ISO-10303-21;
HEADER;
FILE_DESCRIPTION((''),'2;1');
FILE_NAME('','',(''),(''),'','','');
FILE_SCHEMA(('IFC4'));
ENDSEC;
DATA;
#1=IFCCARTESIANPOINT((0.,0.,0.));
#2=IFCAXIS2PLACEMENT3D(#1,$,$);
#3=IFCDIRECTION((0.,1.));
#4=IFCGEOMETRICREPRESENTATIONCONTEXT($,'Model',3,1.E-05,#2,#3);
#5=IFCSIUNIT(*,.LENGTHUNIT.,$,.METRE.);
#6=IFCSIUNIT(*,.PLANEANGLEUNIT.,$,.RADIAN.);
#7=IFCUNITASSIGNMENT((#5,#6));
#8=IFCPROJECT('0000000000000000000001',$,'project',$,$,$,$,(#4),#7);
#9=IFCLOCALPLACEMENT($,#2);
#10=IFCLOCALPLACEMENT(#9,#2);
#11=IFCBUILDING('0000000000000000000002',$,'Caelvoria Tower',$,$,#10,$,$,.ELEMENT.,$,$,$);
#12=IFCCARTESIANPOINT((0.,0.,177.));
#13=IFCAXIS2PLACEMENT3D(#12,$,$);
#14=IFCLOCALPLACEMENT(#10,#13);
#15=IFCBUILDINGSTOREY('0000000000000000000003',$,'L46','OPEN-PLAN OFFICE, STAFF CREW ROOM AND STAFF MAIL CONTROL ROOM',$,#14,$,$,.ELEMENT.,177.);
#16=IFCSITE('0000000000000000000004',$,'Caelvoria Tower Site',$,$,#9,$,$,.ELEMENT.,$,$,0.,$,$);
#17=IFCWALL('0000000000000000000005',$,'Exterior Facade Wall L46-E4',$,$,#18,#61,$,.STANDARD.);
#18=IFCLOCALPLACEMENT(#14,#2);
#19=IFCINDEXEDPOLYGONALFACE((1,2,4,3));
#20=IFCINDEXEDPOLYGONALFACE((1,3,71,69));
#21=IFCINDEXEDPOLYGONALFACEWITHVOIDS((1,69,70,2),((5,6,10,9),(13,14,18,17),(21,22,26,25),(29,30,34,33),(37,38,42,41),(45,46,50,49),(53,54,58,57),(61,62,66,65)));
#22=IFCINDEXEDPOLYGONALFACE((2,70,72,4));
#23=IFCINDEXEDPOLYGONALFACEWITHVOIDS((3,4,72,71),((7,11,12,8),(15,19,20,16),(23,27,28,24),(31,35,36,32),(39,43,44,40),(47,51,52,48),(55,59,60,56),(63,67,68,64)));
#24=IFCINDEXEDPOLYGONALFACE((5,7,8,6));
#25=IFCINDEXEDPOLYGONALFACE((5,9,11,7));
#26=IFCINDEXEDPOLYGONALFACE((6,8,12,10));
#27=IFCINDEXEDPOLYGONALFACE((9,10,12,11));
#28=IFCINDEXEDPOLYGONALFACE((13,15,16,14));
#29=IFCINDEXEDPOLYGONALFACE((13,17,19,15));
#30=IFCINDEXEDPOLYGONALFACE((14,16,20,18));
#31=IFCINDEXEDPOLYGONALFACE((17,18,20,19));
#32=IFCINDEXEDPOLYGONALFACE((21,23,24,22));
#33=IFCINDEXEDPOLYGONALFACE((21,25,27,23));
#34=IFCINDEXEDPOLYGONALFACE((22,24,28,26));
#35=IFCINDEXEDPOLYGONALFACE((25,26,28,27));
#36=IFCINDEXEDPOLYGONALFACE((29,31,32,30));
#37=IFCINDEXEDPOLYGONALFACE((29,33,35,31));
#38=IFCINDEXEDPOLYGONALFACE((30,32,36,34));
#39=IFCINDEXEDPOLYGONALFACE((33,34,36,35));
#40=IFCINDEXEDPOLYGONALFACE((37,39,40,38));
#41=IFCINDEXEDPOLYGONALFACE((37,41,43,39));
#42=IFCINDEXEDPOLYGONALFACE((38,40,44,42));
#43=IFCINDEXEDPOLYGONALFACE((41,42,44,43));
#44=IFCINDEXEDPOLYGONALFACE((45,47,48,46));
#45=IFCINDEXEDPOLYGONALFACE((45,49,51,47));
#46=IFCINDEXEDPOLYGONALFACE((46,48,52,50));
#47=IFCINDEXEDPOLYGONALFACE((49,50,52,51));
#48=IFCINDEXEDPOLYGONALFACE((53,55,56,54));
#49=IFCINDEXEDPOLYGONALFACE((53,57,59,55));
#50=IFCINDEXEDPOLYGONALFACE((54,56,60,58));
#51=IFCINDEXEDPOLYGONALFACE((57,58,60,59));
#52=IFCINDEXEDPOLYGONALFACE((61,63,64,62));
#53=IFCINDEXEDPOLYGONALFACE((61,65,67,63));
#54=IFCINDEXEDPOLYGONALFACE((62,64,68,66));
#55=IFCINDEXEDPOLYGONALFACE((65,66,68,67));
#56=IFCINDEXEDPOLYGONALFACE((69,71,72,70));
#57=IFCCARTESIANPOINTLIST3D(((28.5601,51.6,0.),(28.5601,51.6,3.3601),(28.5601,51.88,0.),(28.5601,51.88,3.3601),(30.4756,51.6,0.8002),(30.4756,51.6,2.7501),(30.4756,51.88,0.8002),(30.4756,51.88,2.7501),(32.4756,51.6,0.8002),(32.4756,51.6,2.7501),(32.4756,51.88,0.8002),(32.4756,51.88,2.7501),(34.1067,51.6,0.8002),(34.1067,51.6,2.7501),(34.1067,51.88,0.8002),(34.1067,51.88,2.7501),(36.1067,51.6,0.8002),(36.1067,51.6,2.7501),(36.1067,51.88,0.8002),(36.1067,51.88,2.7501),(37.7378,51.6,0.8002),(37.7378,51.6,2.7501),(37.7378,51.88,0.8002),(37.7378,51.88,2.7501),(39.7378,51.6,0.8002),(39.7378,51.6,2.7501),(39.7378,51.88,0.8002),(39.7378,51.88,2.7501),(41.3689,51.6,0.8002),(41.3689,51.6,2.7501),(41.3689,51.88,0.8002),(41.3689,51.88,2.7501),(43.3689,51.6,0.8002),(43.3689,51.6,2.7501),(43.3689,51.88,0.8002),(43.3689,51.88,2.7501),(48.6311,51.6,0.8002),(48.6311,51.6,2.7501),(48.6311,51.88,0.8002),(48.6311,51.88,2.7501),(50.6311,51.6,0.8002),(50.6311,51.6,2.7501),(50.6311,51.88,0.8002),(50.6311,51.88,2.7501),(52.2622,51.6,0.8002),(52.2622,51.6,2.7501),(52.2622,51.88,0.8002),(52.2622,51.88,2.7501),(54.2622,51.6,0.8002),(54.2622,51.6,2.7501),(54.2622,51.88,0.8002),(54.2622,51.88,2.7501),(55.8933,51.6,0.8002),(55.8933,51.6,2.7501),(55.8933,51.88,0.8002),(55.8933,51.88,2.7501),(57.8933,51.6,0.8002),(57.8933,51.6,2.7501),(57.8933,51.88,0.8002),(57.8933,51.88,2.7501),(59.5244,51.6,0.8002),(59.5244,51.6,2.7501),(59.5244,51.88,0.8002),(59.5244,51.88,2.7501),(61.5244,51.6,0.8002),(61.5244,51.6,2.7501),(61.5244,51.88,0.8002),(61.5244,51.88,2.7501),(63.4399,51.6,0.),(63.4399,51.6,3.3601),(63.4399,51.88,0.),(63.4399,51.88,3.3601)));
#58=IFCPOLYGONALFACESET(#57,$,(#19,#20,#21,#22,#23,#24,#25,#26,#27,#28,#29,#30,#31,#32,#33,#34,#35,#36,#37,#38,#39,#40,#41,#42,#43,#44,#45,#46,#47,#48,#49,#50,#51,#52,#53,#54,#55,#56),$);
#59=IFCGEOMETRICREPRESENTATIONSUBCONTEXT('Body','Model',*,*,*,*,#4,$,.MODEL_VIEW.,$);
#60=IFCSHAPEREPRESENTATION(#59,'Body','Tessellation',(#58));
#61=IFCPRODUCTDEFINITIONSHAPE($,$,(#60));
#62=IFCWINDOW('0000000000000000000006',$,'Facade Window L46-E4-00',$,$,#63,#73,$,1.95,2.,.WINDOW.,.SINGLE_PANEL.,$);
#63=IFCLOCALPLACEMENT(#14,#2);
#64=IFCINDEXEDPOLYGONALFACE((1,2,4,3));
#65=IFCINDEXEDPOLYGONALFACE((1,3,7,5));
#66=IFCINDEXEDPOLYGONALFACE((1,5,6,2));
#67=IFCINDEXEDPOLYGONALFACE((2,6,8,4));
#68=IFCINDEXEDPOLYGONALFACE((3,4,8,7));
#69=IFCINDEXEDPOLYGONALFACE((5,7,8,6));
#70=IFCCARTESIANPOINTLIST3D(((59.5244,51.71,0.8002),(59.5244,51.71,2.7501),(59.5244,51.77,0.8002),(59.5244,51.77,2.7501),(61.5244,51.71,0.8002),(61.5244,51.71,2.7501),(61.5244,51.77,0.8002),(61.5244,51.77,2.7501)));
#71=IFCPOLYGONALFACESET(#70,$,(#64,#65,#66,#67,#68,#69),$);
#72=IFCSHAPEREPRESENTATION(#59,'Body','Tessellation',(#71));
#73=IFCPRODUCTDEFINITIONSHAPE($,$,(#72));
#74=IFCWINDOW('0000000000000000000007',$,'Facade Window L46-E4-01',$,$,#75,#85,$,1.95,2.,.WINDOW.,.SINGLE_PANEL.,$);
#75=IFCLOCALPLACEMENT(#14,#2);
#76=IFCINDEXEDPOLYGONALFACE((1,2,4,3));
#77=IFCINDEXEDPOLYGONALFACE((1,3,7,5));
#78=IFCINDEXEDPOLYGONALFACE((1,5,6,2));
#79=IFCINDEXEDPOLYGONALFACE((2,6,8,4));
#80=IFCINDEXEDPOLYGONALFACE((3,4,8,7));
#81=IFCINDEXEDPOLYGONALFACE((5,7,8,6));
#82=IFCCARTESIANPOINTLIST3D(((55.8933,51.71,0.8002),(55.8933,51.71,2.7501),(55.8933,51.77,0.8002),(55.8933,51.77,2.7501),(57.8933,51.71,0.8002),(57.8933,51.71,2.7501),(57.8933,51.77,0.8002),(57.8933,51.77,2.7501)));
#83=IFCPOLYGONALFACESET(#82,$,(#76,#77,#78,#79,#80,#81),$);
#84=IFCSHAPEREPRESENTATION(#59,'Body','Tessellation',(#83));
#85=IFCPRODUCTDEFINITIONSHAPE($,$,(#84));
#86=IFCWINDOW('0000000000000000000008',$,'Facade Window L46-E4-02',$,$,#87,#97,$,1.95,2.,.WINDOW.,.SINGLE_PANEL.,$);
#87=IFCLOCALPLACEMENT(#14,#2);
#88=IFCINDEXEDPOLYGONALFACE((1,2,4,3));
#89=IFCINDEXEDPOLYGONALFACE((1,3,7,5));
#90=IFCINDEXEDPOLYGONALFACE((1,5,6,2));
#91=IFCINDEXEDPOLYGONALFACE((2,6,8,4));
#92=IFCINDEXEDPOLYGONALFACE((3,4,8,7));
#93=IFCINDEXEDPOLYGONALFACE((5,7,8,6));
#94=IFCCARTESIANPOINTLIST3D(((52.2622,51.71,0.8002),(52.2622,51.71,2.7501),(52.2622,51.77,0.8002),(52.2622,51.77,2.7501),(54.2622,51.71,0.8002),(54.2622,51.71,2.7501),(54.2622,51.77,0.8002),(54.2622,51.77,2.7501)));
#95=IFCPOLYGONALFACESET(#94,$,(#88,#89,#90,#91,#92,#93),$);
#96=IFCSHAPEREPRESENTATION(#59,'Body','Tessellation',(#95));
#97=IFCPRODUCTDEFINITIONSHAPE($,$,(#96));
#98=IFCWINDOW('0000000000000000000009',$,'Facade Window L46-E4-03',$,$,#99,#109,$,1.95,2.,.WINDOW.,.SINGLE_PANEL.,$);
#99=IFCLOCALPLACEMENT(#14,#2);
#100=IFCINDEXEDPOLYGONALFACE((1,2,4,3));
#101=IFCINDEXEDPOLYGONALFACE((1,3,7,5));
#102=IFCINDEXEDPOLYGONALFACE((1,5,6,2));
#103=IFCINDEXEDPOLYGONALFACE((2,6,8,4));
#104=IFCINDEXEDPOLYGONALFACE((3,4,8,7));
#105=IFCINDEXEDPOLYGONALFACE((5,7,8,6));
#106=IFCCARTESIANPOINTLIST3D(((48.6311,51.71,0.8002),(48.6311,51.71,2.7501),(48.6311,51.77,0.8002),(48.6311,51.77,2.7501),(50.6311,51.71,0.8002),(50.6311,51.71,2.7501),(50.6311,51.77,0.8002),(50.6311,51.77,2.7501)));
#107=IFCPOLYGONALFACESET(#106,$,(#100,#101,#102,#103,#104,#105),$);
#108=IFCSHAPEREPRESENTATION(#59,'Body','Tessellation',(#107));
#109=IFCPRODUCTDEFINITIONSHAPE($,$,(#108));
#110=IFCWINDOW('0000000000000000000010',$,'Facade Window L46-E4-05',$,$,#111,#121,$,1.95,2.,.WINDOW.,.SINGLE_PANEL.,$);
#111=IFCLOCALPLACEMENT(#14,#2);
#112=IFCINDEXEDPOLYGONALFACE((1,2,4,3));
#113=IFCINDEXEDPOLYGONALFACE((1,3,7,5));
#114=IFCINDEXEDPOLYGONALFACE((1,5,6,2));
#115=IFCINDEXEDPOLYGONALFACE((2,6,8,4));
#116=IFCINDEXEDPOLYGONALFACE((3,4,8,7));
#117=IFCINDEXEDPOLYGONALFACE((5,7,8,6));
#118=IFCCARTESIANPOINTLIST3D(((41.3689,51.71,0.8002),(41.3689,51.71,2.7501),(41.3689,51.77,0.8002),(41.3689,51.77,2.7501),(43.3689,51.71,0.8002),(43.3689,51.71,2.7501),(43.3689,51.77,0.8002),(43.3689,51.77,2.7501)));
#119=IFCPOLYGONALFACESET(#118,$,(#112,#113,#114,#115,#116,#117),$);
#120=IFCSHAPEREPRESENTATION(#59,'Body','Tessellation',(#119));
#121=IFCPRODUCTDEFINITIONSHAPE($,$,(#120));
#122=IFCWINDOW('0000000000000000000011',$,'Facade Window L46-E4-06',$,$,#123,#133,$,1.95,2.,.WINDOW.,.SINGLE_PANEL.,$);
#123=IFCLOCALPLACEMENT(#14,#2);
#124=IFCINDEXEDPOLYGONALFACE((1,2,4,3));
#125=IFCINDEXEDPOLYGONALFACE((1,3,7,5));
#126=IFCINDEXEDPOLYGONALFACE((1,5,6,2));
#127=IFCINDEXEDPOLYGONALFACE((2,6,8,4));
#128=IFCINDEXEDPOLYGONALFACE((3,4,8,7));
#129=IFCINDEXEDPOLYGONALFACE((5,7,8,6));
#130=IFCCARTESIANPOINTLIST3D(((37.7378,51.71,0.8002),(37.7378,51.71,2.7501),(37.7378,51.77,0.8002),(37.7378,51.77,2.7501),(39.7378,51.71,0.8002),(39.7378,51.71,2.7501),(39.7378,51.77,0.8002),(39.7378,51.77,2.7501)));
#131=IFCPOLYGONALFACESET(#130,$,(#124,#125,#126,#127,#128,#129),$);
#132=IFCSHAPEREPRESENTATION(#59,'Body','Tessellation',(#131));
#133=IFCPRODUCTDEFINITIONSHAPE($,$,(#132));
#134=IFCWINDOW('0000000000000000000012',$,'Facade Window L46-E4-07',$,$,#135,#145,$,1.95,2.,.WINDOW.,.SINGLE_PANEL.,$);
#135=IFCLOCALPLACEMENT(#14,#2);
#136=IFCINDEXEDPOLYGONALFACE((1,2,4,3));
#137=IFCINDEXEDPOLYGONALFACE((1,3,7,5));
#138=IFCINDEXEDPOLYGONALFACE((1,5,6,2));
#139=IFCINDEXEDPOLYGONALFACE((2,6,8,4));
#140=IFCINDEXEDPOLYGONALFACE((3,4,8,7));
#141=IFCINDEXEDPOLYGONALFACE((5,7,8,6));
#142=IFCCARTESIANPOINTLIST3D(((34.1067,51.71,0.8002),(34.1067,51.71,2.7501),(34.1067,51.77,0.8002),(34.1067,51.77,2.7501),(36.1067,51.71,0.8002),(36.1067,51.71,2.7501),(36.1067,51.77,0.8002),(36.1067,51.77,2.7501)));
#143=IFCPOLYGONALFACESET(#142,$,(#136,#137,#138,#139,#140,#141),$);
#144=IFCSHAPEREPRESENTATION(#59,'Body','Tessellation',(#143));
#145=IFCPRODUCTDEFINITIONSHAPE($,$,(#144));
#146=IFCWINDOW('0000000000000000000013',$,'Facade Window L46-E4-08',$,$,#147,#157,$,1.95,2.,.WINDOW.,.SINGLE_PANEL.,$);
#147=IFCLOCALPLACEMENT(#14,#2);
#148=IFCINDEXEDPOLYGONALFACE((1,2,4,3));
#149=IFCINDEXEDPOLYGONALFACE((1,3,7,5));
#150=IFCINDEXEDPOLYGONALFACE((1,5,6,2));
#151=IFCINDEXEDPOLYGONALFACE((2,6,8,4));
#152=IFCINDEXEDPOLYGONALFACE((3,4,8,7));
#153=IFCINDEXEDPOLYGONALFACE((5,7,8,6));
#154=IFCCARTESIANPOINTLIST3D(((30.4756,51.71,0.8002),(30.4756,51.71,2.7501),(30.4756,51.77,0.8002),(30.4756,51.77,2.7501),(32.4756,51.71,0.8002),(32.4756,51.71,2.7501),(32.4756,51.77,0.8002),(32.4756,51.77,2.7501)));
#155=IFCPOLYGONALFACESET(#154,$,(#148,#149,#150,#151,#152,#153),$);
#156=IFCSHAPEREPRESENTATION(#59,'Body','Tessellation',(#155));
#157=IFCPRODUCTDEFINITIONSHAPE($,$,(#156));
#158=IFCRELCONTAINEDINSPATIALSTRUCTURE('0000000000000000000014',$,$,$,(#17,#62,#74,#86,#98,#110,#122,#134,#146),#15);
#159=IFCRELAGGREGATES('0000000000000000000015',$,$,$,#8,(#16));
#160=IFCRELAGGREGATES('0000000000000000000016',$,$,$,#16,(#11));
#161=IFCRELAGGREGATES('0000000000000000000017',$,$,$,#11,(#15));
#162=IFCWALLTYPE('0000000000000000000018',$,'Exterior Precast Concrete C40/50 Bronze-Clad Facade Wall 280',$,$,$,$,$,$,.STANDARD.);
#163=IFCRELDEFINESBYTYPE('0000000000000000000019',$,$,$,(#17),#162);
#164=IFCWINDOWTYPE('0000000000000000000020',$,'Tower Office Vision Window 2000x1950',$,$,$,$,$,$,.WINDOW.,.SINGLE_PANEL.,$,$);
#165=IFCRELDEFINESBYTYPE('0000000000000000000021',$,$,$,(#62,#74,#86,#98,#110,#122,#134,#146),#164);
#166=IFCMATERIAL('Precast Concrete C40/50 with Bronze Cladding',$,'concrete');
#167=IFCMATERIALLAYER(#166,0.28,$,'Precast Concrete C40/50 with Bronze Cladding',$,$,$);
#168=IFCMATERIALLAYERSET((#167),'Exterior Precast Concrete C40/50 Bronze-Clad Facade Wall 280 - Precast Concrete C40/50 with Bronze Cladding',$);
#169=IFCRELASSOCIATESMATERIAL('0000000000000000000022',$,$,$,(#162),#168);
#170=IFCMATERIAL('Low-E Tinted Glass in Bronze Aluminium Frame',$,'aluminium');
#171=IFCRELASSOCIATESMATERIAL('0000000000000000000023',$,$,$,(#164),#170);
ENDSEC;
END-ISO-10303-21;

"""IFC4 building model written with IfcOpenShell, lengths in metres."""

from ifc_helpers import new_model, si_unit, direction, frame, frame_2d, origin, place, context, subcontext, project, spatial, rectangle, extrude, material, layer, layer_set, type_object, element, fill, save


model = new_model("IFC4")

# Units and contexts
model_context = context("Model", 3, precision=1e-05, world=origin(), true_north=direction((0.0, 1.0)))
body_context = subcontext(model_context, "Body", "Model", "MODEL_VIEW")
ifc_project = project(units=[si_unit("LENGTHUNIT", "METRE"), si_unit("PLANEANGLEUNIT", "RADIAN")], contexts=[model_context])

# Site, building, storey
site_placement = place(None, origin())
site = spatial("IfcSite", under=ifc_project, at=site_placement, Name="Caelvoria Tower Site", CompositionType="ELEMENT", RefElevation=0.0)
building_placement = place(site_placement, origin())
building = spatial("IfcBuilding", under=site, at=building_placement, Name="Caelvoria Tower", CompositionType="ELEMENT")
storey_placement = place(building_placement, frame((0.0, 0.0, 177.0)))
storey = spatial("IfcBuildingStorey", under=building, at=storey_placement, Name="L46", Description="OPEN-PLAN OFFICE, STAFF CREW ROOM AND STAFF MAIL CONTROL ROOM", CompositionType="ELEMENT", Elevation=177.0)

# Wall, openings, windows
ifc_material_1 = material(Name="Precast Concrete C40/50 with Bronze Cladding", Category="concrete")
ifc_layer_1 = layer(ifc_material_1, 0.28, Name="Precast Concrete C40/50 with Bronze Cladding")
ifc_layer_set_1 = layer_set([ifc_layer_1], Name="Exterior Precast Concrete C40/50 Bronze-Clad Facade Wall 280 - Precast Concrete C40/50 with Bronze Cladding")
wall_type = type_object("IfcWallType", Name="Exterior Precast Concrete C40/50 Bronze-Clad Facade Wall 280", PredefinedType="STANDARD", material=ifc_layer_set_1)
wall_placement = place(storey_placement, frame((63.4399, 51.74, 0.0), z_axis=(0.0, 0.0, 1.0), x_axis=(-1.0, 0.0, 0.0)))
wall = element("IfcWall", 1, at=wall_placement, inside=storey, type_object=wall_type, Name="Exterior Facade Wall L46-E4", PredefinedType="STANDARD", context=body_context, shape_type="SweptSolid", body=[
    extrude(rectangle(XDim=34.8799, YDim=0.28, at=frame_2d((17.4399, 0.0))), origin(), (0.0, 0.0, 1.0), 3.3601),
])
opening_1_placement = place(wall_placement, frame((1.9155, 0.0, 0.8)))
opening_1 = element("IfcOpeningElement", 2, at=opening_1_placement, cuts=wall, PredefinedType="OPENING", context=body_context, shape_type="SweptSolid", body=[
    extrude(rectangle(XDim=2.0, YDim=1.95, at=frame_2d((1.0, 0.9751))), frame((0.0, 0.1499, 0.0), z_axis=(0.0, -1.0, 0.0), x_axis=(1.0, 0.0, 0.0)), (0.0, 0.0, 1.0), 0.3),
])
opening_2_placement = place(wall_placement, frame((5.5466, 0.0, 0.8)))
opening_2 = element("IfcOpeningElement", 3, at=opening_2_placement, cuts=wall, PredefinedType="OPENING", context=body_context, shape_type="SweptSolid", body=[
    extrude(rectangle(XDim=2.0, YDim=1.95, at=frame_2d((1.0, 0.9751))), frame((0.0, 0.1499, 0.0), z_axis=(0.0, -1.0, 0.0), x_axis=(1.0, 0.0, 0.0)), (0.0, 0.0, 1.0), 0.3),
])
opening_3_placement = place(wall_placement, frame((9.1777, 0.0, 0.8)))
opening_3 = element("IfcOpeningElement", 4, at=opening_3_placement, cuts=wall, PredefinedType="OPENING", context=body_context, shape_type="SweptSolid", body=[
    extrude(rectangle(XDim=2.0, YDim=1.95, at=frame_2d((1.0, 0.9751))), frame((0.0, 0.1499, 0.0), z_axis=(0.0, -1.0, 0.0), x_axis=(1.0, 0.0, 0.0)), (0.0, 0.0, 1.0), 0.3),
])
opening_4_placement = place(wall_placement, frame((12.8088, 0.0, 0.8)))
opening_4 = element("IfcOpeningElement", 5, at=opening_4_placement, cuts=wall, PredefinedType="OPENING", context=body_context, shape_type="SweptSolid", body=[
    extrude(rectangle(XDim=2.0, YDim=1.95, at=frame_2d((1.0, 0.9751))), frame((0.0, 0.1499, 0.0), z_axis=(0.0, -1.0, 0.0), x_axis=(1.0, 0.0, 0.0)), (0.0, 0.0, 1.0), 0.3),
])
opening_5_placement = place(wall_placement, frame((20.071, 0.0, 0.8)))
opening_5 = element("IfcOpeningElement", 6, at=opening_5_placement, cuts=wall, PredefinedType="OPENING", context=body_context, shape_type="SweptSolid", body=[
    extrude(rectangle(XDim=2.0, YDim=1.95, at=frame_2d((1.0, 0.9751))), frame((0.0, 0.1499, 0.0), z_axis=(0.0, -1.0, 0.0), x_axis=(1.0, 0.0, 0.0)), (0.0, 0.0, 1.0), 0.3),
])
opening_6_placement = place(wall_placement, frame((23.7021, 0.0, 0.8)))
opening_6 = element("IfcOpeningElement", 7, at=opening_6_placement, cuts=wall, PredefinedType="OPENING", context=body_context, shape_type="SweptSolid", body=[
    extrude(rectangle(XDim=2.0, YDim=1.95, at=frame_2d((1.0, 0.9751))), frame((0.0, 0.1499, 0.0), z_axis=(0.0, -1.0, 0.0), x_axis=(1.0, 0.0, 0.0)), (0.0, 0.0, 1.0), 0.3),
])
opening_7_placement = place(wall_placement, frame((27.3333, 0.0, 0.8)))
opening_7 = element("IfcOpeningElement", 8, at=opening_7_placement, cuts=wall, PredefinedType="OPENING", context=body_context, shape_type="SweptSolid", body=[
    extrude(rectangle(XDim=2.0, YDim=1.95, at=frame_2d((1.0, 0.9751))), frame((0.0, 0.1499, 0.0), z_axis=(0.0, -1.0, 0.0), x_axis=(1.0, 0.0, 0.0)), (0.0, 0.0, 1.0), 0.3),
])
opening_8_placement = place(wall_placement, frame((30.9644, 0.0, 0.8)))
opening_8 = element("IfcOpeningElement", 9, at=opening_8_placement, cuts=wall, PredefinedType="OPENING", context=body_context, shape_type="SweptSolid", body=[
    extrude(rectangle(XDim=2.0, YDim=1.95, at=frame_2d((1.0, 0.9751))), frame((0.0, 0.1499, 0.0), z_axis=(0.0, -1.0, 0.0), x_axis=(1.0, 0.0, 0.0)), (0.0, 0.0, 1.0), 0.3),
])
ifc_material_2 = material(Name="Low-E Tinted Glass in Bronze Aluminium Frame", Category="aluminium")
window_type = type_object("IfcWindowType", Name="Tower Office Vision Window 2000x1950", PartitioningType="SINGLE_PANEL", PredefinedType="WINDOW", material=ifc_material_2)
window_1_placement = place(opening_1_placement, origin())
window_1 = element("IfcWindow", 10, at=window_1_placement, inside=storey, type_object=window_type, Name="Facade Window L46-E4-00", OverallHeight=1.95, OverallWidth=2.0, PartitioningType="SINGLE_PANEL", PredefinedType="WINDOW", context=body_context, shape_type="SweptSolid", body=[
    extrude(rectangle(XDim=2.0, YDim=1.95, at=frame_2d((1.0, 0.9751))), frame((0.0, 0.03, 0.0), z_axis=(0.0, -1.0, 0.0), x_axis=(1.0, 0.0, 0.0)), (0.0, 0.0, 1.0), 0.0601),
])
fill(opening_1, window_1)
window_2_placement = place(opening_2_placement, origin())
window_2 = element("IfcWindow", 11, at=window_2_placement, inside=storey, type_object=window_type, Name="Facade Window L46-E4-01", OverallHeight=1.95, OverallWidth=2.0, PartitioningType="SINGLE_PANEL", PredefinedType="WINDOW", context=body_context, shape_type="SweptSolid", body=[
    extrude(rectangle(XDim=2.0, YDim=1.95, at=frame_2d((1.0, 0.9751))), frame((0.0, 0.03, 0.0), z_axis=(0.0, -1.0, 0.0), x_axis=(1.0, 0.0, 0.0)), (0.0, 0.0, 1.0), 0.0601),
])
fill(opening_2, window_2)
window_3_placement = place(opening_3_placement, origin())
window_3 = element("IfcWindow", 12, at=window_3_placement, inside=storey, type_object=window_type, Name="Facade Window L46-E4-02", OverallHeight=1.95, OverallWidth=2.0, PartitioningType="SINGLE_PANEL", PredefinedType="WINDOW", context=body_context, shape_type="SweptSolid", body=[
    extrude(rectangle(XDim=2.0, YDim=1.95, at=frame_2d((1.0, 0.9751))), frame((0.0, 0.03, 0.0), z_axis=(0.0, -1.0, 0.0), x_axis=(1.0, 0.0, 0.0)), (0.0, 0.0, 1.0), 0.0601),
])
fill(opening_3, window_3)
window_4_placement = place(opening_4_placement, origin())
window_4 = element("IfcWindow", 13, at=window_4_placement, inside=storey, type_object=window_type, Name="Facade Window L46-E4-03", OverallHeight=1.95, OverallWidth=2.0, PartitioningType="SINGLE_PANEL", PredefinedType="WINDOW", context=body_context, shape_type="SweptSolid", body=[
    extrude(rectangle(XDim=2.0, YDim=1.95, at=frame_2d((1.0, 0.9751))), frame((0.0, 0.03, 0.0), z_axis=(0.0, -1.0, 0.0), x_axis=(1.0, 0.0, 0.0)), (0.0, 0.0, 1.0), 0.0601),
])
fill(opening_4, window_4)
window_5_placement = place(opening_5_placement, origin())
window_5 = element("IfcWindow", 14, at=window_5_placement, inside=storey, type_object=window_type, Name="Facade Window L46-E4-05", OverallHeight=1.95, OverallWidth=2.0, PartitioningType="SINGLE_PANEL", PredefinedType="WINDOW", context=body_context, shape_type="SweptSolid", body=[
    extrude(rectangle(XDim=2.0, YDim=1.95, at=frame_2d((1.0, 0.9751))), frame((0.0, 0.03, 0.0), z_axis=(0.0, -1.0, 0.0), x_axis=(1.0, 0.0, 0.0)), (0.0, 0.0, 1.0), 0.0601),
])
fill(opening_5, window_5)
window_6_placement = place(opening_6_placement, origin())
window_6 = element("IfcWindow", 15, at=window_6_placement, inside=storey, type_object=window_type, Name="Facade Window L46-E4-06", OverallHeight=1.95, OverallWidth=2.0, PartitioningType="SINGLE_PANEL", PredefinedType="WINDOW", context=body_context, shape_type="SweptSolid", body=[
    extrude(rectangle(XDim=2.0, YDim=1.95, at=frame_2d((1.0, 0.9751))), frame((0.0, 0.03, 0.0), z_axis=(0.0, -1.0, 0.0), x_axis=(1.0, 0.0, 0.0)), (0.0, 0.0, 1.0), 0.0601),
])
fill(opening_6, window_6)
window_7_placement = place(opening_7_placement, origin())
window_7 = element("IfcWindow", 16, at=window_7_placement, inside=storey, type_object=window_type, Name="Facade Window L46-E4-07", OverallHeight=1.95, OverallWidth=2.0, PartitioningType="SINGLE_PANEL", PredefinedType="WINDOW", context=body_context, shape_type="SweptSolid", body=[
    extrude(rectangle(XDim=2.0, YDim=1.95, at=frame_2d((1.0, 0.9751))), frame((0.0, 0.03, 0.0), z_axis=(0.0, -1.0, 0.0), x_axis=(1.0, 0.0, 0.0)), (0.0, 0.0, 1.0), 0.0601),
])
fill(opening_7, window_7)
window_8_placement = place(opening_8_placement, origin())
window_8 = element("IfcWindow", 17, at=window_8_placement, inside=storey, type_object=window_type, Name="Facade Window L46-E4-08", OverallHeight=1.95, OverallWidth=2.0, PartitioningType="SINGLE_PANEL", PredefinedType="WINDOW", context=body_context, shape_type="SweptSolid", body=[
    extrude(rectangle(XDim=2.0, YDim=1.95, at=frame_2d((1.0, 0.9751))), frame((0.0, 0.03, 0.0), z_axis=(0.0, -1.0, 0.0), x_axis=(1.0, 0.0, 0.0)), (0.0, 0.0, 1.0), 0.0601),
])
fill(opening_8, window_8)

save(model, "model.ifc")
